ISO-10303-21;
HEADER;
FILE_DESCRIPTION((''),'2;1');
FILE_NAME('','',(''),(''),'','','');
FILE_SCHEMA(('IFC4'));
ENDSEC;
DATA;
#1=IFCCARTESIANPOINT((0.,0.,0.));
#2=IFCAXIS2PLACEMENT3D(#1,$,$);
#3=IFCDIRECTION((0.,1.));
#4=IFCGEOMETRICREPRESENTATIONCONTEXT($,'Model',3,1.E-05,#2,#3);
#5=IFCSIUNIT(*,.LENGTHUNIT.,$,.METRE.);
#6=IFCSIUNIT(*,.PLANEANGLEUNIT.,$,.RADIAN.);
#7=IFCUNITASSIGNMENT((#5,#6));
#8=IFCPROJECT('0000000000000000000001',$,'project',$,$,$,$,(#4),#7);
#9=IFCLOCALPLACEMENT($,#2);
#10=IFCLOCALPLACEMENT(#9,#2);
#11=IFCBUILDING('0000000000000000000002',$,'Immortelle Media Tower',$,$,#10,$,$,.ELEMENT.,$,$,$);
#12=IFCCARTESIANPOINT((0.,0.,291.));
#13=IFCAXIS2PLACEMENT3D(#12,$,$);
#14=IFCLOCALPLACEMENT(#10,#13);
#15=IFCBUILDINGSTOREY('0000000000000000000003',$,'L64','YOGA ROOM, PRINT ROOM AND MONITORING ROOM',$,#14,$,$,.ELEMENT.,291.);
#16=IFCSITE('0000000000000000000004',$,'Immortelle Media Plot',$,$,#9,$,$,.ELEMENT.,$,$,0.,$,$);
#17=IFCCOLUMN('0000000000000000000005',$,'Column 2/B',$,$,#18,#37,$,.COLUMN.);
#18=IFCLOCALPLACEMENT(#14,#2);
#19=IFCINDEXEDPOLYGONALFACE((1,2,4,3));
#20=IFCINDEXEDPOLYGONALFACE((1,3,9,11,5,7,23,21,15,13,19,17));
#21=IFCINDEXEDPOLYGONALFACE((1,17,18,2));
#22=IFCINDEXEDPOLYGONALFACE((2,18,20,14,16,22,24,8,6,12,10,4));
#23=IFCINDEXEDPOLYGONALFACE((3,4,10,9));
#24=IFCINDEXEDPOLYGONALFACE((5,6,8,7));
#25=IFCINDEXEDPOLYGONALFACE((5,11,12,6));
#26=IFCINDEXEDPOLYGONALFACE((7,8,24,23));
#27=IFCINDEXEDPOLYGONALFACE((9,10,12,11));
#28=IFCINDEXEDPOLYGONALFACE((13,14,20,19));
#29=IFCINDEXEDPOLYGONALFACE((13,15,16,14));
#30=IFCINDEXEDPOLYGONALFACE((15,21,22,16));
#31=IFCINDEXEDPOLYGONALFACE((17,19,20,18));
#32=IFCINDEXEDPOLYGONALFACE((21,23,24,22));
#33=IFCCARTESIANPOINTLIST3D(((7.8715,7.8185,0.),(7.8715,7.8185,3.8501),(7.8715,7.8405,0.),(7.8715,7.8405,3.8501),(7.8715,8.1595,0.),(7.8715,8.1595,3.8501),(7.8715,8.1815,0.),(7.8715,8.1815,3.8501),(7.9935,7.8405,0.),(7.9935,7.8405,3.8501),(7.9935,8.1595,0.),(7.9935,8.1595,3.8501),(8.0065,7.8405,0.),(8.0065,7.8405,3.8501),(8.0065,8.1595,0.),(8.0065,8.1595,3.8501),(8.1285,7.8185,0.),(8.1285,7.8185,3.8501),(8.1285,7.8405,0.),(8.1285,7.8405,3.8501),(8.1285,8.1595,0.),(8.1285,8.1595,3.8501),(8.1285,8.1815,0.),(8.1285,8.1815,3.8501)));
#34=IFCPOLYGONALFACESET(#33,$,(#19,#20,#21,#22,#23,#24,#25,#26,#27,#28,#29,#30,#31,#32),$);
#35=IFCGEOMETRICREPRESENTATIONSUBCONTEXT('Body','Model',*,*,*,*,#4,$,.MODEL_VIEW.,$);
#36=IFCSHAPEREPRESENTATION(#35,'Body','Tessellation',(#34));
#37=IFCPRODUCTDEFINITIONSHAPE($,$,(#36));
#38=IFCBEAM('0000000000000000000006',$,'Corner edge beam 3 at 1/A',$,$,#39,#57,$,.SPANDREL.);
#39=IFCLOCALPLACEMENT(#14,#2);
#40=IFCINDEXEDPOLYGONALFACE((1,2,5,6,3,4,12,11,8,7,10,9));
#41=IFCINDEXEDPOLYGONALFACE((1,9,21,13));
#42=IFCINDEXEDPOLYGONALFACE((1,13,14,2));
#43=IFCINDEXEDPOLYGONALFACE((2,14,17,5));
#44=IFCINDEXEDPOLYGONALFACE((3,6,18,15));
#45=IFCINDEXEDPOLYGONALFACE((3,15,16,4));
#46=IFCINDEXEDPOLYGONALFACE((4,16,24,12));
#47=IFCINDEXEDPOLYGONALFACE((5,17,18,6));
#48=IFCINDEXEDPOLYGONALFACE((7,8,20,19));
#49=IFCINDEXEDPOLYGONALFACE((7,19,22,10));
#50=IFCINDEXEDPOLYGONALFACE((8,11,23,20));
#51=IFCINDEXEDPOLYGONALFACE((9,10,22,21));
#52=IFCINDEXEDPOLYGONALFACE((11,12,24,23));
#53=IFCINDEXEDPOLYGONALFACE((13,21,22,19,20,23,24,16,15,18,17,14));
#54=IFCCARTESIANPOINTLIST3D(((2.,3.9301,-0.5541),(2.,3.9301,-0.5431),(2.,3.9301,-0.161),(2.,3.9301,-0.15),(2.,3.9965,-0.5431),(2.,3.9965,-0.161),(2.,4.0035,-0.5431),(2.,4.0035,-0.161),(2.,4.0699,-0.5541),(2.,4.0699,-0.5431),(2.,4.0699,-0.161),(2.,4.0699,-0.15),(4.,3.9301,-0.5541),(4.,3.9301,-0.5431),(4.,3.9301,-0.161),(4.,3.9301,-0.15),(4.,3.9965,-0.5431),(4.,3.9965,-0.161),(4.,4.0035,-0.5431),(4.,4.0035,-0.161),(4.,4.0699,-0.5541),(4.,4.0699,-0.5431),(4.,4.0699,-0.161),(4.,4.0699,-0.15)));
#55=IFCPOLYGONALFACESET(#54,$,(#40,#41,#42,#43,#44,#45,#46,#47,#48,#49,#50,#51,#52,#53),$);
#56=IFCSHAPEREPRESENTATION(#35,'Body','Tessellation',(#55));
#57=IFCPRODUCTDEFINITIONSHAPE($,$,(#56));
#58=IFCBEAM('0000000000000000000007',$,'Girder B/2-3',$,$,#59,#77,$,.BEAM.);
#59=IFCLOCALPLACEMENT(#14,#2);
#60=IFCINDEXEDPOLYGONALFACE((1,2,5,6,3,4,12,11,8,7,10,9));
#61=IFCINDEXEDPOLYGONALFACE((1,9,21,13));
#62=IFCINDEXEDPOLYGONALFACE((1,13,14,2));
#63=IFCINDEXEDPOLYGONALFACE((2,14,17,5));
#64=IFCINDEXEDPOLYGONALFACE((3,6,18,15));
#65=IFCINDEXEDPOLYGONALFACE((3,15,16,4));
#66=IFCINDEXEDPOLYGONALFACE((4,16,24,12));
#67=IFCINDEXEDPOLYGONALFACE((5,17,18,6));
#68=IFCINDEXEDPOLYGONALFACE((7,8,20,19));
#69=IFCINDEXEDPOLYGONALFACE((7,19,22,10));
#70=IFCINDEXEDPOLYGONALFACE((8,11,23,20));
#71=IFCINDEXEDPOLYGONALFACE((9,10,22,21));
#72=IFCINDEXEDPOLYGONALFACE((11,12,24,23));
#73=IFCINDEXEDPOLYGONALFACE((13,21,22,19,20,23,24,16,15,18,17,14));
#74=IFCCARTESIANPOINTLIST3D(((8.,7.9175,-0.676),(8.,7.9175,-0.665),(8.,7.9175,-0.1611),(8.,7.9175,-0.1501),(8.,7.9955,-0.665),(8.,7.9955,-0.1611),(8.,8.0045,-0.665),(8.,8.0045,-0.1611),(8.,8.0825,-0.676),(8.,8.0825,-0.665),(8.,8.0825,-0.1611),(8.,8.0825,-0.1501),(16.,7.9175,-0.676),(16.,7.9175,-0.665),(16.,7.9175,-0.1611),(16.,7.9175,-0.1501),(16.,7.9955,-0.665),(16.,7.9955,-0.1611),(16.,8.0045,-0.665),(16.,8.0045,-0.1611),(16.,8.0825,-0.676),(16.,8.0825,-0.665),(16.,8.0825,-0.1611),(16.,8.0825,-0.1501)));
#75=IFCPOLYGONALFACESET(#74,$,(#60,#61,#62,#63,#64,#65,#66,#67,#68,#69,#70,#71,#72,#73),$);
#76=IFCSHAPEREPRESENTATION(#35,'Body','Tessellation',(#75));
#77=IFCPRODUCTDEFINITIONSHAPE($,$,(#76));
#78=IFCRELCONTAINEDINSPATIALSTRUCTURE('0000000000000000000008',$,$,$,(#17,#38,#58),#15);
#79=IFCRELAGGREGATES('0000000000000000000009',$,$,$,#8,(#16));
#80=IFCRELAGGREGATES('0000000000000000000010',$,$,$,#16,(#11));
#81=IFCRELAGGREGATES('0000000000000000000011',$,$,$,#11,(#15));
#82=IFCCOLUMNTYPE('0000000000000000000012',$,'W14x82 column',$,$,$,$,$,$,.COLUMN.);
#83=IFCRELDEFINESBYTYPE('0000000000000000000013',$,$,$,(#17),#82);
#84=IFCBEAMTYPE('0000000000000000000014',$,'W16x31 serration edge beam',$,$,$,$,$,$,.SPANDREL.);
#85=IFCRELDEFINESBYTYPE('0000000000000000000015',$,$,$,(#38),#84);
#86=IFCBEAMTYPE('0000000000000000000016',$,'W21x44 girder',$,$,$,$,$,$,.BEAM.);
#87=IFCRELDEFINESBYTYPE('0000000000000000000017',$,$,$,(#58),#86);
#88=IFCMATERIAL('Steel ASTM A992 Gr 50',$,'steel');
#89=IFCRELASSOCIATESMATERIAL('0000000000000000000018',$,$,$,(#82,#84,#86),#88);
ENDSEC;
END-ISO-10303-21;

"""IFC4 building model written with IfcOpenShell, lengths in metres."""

from ifc_helpers import new_model, si_unit, direction, frame, origin, origin_2d, place, context, subcontext, project, spatial, i_section, extrude, material, material_profile, profile_set, type_object, element, save


model = new_model("IFC4")

# Units and contexts
model_context = context("Model", 3, precision=1e-05, world=origin(), true_north=direction((0.0, 1.0)))
body_context = subcontext(model_context, "Body", "Model", "MODEL_VIEW")
ifc_project = project(units=[si_unit("LENGTHUNIT", "METRE"), si_unit("PLANEANGLEUNIT", "RADIAN")], contexts=[model_context])

# Site, building, storey
site_placement = place(None, origin())
site = spatial("IfcSite", under=ifc_project, at=site_placement, Name="Immortelle Media Plot", CompositionType="ELEMENT", RefElevation=0.0)
building_placement = place(site_placement, origin())
building = spatial("IfcBuilding", under=site, at=building_placement, Name="Immortelle Media Tower", CompositionType="ELEMENT")
storey_placement = place(building_placement, frame((0.0, 0.0, 291.0)))
storey = spatial("IfcBuildingStorey", under=building, at=storey_placement, Name="L64", Description="YOGA ROOM, PRINT ROOM AND MONITORING ROOM", CompositionType="ELEMENT", Elevation=291.0)

# Column
ifc_material_1 = material(Name="Steel ASTM A992 Gr 50", Category="steel")
ifc_material_profile_1 = material_profile(ifc_material_1, i_section(OverallWidth=0.2571, OverallDepth=0.363, WebThickness=0.0129, FlangeThickness=0.022, at=origin_2d()), Name="W14x82")
ifc_profile_set_1 = profile_set([ifc_material_profile_1], Name="Steel ASTM A992 Gr 50")
column_type = type_object("IfcColumnType", Name="W14x82 column", PredefinedType="COLUMN", material=ifc_profile_set_1)
column_placement = place(storey_placement, frame((8.0, 8.0, 0.0), z_axis=(0.0, 0.0, 1.0), x_axis=(1.0, 0.0, 0.0)))
element("IfcColumn", 1, at=column_placement, inside=storey, type_object=column_type, Name="Column 2/B", PredefinedType="COLUMN", context=body_context, shape_type="SweptSolid", body=[
    extrude(i_section(OverallWidth=0.2571, OverallDepth=0.363, WebThickness=0.0129, FlangeThickness=0.022, at=origin_2d()), origin(), (0.0, 0.0, 1.0), 3.8501),
])

# Beams
ifc_material_profile_2 = material_profile(ifc_material_1, i_section(OverallWidth=0.1399, OverallDepth=0.4041, WebThickness=0.0071, FlangeThickness=0.011, at=origin_2d()), Name="W16x31")
ifc_profile_set_2 = profile_set([ifc_material_profile_2], Name="Steel ASTM A992 Gr 50")
beam_type_1 = type_object("IfcBeamType", Name="W16x31 serration edge beam", PredefinedType="SPANDREL", material=ifc_profile_set_2)
beam_1_placement = place(storey_placement, frame((4.0, 4.0, -0.3521), z_axis=(-1.0, 0.0, 0.0), x_axis=(0.0, -1.0, 0.0)))
element("IfcBeam", 2, at=beam_1_placement, inside=storey, type_object=beam_type_1, Name="Corner edge beam 3 at 1/A", PredefinedType="SPANDREL", context=body_context, shape_type="SweptSolid", body=[
    extrude(i_section(OverallWidth=0.1399, OverallDepth=0.4041, WebThickness=0.0071, FlangeThickness=0.011, at=origin_2d()), origin(), (0.0, 0.0, 1.0), 2.0),
])
ifc_material_profile_3 = material_profile(ifc_material_1, i_section(OverallWidth=0.165, OverallDepth=0.5259, WebThickness=0.009, FlangeThickness=0.011, at=origin_2d()), Name="W21x44")
ifc_profile_set_3 = profile_set([ifc_material_profile_3], Name="Steel ASTM A992 Gr 50")
beam_type_2 = type_object("IfcBeamType", Name="W21x44 girder", PredefinedType="BEAM", material=ifc_profile_set_3)
beam_2_placement = place(storey_placement, frame((8.0, 8.0, -0.4131), z_axis=(1.0, 0.0, 0.0), x_axis=(0.0, 1.0, 0.0)))
element("IfcBeam", 3, at=beam_2_placement, inside=storey, type_object=beam_type_2, Name="Girder B/2-3", PredefinedType="BEAM", context=body_context, shape_type="SweptSolid", body=[
    extrude(i_section(OverallWidth=0.165, OverallDepth=0.5259, WebThickness=0.009, FlangeThickness=0.011, at=origin_2d()), origin(), (0.0, 0.0, 1.0), 8.0),
])

save(model, "model.ifc")
